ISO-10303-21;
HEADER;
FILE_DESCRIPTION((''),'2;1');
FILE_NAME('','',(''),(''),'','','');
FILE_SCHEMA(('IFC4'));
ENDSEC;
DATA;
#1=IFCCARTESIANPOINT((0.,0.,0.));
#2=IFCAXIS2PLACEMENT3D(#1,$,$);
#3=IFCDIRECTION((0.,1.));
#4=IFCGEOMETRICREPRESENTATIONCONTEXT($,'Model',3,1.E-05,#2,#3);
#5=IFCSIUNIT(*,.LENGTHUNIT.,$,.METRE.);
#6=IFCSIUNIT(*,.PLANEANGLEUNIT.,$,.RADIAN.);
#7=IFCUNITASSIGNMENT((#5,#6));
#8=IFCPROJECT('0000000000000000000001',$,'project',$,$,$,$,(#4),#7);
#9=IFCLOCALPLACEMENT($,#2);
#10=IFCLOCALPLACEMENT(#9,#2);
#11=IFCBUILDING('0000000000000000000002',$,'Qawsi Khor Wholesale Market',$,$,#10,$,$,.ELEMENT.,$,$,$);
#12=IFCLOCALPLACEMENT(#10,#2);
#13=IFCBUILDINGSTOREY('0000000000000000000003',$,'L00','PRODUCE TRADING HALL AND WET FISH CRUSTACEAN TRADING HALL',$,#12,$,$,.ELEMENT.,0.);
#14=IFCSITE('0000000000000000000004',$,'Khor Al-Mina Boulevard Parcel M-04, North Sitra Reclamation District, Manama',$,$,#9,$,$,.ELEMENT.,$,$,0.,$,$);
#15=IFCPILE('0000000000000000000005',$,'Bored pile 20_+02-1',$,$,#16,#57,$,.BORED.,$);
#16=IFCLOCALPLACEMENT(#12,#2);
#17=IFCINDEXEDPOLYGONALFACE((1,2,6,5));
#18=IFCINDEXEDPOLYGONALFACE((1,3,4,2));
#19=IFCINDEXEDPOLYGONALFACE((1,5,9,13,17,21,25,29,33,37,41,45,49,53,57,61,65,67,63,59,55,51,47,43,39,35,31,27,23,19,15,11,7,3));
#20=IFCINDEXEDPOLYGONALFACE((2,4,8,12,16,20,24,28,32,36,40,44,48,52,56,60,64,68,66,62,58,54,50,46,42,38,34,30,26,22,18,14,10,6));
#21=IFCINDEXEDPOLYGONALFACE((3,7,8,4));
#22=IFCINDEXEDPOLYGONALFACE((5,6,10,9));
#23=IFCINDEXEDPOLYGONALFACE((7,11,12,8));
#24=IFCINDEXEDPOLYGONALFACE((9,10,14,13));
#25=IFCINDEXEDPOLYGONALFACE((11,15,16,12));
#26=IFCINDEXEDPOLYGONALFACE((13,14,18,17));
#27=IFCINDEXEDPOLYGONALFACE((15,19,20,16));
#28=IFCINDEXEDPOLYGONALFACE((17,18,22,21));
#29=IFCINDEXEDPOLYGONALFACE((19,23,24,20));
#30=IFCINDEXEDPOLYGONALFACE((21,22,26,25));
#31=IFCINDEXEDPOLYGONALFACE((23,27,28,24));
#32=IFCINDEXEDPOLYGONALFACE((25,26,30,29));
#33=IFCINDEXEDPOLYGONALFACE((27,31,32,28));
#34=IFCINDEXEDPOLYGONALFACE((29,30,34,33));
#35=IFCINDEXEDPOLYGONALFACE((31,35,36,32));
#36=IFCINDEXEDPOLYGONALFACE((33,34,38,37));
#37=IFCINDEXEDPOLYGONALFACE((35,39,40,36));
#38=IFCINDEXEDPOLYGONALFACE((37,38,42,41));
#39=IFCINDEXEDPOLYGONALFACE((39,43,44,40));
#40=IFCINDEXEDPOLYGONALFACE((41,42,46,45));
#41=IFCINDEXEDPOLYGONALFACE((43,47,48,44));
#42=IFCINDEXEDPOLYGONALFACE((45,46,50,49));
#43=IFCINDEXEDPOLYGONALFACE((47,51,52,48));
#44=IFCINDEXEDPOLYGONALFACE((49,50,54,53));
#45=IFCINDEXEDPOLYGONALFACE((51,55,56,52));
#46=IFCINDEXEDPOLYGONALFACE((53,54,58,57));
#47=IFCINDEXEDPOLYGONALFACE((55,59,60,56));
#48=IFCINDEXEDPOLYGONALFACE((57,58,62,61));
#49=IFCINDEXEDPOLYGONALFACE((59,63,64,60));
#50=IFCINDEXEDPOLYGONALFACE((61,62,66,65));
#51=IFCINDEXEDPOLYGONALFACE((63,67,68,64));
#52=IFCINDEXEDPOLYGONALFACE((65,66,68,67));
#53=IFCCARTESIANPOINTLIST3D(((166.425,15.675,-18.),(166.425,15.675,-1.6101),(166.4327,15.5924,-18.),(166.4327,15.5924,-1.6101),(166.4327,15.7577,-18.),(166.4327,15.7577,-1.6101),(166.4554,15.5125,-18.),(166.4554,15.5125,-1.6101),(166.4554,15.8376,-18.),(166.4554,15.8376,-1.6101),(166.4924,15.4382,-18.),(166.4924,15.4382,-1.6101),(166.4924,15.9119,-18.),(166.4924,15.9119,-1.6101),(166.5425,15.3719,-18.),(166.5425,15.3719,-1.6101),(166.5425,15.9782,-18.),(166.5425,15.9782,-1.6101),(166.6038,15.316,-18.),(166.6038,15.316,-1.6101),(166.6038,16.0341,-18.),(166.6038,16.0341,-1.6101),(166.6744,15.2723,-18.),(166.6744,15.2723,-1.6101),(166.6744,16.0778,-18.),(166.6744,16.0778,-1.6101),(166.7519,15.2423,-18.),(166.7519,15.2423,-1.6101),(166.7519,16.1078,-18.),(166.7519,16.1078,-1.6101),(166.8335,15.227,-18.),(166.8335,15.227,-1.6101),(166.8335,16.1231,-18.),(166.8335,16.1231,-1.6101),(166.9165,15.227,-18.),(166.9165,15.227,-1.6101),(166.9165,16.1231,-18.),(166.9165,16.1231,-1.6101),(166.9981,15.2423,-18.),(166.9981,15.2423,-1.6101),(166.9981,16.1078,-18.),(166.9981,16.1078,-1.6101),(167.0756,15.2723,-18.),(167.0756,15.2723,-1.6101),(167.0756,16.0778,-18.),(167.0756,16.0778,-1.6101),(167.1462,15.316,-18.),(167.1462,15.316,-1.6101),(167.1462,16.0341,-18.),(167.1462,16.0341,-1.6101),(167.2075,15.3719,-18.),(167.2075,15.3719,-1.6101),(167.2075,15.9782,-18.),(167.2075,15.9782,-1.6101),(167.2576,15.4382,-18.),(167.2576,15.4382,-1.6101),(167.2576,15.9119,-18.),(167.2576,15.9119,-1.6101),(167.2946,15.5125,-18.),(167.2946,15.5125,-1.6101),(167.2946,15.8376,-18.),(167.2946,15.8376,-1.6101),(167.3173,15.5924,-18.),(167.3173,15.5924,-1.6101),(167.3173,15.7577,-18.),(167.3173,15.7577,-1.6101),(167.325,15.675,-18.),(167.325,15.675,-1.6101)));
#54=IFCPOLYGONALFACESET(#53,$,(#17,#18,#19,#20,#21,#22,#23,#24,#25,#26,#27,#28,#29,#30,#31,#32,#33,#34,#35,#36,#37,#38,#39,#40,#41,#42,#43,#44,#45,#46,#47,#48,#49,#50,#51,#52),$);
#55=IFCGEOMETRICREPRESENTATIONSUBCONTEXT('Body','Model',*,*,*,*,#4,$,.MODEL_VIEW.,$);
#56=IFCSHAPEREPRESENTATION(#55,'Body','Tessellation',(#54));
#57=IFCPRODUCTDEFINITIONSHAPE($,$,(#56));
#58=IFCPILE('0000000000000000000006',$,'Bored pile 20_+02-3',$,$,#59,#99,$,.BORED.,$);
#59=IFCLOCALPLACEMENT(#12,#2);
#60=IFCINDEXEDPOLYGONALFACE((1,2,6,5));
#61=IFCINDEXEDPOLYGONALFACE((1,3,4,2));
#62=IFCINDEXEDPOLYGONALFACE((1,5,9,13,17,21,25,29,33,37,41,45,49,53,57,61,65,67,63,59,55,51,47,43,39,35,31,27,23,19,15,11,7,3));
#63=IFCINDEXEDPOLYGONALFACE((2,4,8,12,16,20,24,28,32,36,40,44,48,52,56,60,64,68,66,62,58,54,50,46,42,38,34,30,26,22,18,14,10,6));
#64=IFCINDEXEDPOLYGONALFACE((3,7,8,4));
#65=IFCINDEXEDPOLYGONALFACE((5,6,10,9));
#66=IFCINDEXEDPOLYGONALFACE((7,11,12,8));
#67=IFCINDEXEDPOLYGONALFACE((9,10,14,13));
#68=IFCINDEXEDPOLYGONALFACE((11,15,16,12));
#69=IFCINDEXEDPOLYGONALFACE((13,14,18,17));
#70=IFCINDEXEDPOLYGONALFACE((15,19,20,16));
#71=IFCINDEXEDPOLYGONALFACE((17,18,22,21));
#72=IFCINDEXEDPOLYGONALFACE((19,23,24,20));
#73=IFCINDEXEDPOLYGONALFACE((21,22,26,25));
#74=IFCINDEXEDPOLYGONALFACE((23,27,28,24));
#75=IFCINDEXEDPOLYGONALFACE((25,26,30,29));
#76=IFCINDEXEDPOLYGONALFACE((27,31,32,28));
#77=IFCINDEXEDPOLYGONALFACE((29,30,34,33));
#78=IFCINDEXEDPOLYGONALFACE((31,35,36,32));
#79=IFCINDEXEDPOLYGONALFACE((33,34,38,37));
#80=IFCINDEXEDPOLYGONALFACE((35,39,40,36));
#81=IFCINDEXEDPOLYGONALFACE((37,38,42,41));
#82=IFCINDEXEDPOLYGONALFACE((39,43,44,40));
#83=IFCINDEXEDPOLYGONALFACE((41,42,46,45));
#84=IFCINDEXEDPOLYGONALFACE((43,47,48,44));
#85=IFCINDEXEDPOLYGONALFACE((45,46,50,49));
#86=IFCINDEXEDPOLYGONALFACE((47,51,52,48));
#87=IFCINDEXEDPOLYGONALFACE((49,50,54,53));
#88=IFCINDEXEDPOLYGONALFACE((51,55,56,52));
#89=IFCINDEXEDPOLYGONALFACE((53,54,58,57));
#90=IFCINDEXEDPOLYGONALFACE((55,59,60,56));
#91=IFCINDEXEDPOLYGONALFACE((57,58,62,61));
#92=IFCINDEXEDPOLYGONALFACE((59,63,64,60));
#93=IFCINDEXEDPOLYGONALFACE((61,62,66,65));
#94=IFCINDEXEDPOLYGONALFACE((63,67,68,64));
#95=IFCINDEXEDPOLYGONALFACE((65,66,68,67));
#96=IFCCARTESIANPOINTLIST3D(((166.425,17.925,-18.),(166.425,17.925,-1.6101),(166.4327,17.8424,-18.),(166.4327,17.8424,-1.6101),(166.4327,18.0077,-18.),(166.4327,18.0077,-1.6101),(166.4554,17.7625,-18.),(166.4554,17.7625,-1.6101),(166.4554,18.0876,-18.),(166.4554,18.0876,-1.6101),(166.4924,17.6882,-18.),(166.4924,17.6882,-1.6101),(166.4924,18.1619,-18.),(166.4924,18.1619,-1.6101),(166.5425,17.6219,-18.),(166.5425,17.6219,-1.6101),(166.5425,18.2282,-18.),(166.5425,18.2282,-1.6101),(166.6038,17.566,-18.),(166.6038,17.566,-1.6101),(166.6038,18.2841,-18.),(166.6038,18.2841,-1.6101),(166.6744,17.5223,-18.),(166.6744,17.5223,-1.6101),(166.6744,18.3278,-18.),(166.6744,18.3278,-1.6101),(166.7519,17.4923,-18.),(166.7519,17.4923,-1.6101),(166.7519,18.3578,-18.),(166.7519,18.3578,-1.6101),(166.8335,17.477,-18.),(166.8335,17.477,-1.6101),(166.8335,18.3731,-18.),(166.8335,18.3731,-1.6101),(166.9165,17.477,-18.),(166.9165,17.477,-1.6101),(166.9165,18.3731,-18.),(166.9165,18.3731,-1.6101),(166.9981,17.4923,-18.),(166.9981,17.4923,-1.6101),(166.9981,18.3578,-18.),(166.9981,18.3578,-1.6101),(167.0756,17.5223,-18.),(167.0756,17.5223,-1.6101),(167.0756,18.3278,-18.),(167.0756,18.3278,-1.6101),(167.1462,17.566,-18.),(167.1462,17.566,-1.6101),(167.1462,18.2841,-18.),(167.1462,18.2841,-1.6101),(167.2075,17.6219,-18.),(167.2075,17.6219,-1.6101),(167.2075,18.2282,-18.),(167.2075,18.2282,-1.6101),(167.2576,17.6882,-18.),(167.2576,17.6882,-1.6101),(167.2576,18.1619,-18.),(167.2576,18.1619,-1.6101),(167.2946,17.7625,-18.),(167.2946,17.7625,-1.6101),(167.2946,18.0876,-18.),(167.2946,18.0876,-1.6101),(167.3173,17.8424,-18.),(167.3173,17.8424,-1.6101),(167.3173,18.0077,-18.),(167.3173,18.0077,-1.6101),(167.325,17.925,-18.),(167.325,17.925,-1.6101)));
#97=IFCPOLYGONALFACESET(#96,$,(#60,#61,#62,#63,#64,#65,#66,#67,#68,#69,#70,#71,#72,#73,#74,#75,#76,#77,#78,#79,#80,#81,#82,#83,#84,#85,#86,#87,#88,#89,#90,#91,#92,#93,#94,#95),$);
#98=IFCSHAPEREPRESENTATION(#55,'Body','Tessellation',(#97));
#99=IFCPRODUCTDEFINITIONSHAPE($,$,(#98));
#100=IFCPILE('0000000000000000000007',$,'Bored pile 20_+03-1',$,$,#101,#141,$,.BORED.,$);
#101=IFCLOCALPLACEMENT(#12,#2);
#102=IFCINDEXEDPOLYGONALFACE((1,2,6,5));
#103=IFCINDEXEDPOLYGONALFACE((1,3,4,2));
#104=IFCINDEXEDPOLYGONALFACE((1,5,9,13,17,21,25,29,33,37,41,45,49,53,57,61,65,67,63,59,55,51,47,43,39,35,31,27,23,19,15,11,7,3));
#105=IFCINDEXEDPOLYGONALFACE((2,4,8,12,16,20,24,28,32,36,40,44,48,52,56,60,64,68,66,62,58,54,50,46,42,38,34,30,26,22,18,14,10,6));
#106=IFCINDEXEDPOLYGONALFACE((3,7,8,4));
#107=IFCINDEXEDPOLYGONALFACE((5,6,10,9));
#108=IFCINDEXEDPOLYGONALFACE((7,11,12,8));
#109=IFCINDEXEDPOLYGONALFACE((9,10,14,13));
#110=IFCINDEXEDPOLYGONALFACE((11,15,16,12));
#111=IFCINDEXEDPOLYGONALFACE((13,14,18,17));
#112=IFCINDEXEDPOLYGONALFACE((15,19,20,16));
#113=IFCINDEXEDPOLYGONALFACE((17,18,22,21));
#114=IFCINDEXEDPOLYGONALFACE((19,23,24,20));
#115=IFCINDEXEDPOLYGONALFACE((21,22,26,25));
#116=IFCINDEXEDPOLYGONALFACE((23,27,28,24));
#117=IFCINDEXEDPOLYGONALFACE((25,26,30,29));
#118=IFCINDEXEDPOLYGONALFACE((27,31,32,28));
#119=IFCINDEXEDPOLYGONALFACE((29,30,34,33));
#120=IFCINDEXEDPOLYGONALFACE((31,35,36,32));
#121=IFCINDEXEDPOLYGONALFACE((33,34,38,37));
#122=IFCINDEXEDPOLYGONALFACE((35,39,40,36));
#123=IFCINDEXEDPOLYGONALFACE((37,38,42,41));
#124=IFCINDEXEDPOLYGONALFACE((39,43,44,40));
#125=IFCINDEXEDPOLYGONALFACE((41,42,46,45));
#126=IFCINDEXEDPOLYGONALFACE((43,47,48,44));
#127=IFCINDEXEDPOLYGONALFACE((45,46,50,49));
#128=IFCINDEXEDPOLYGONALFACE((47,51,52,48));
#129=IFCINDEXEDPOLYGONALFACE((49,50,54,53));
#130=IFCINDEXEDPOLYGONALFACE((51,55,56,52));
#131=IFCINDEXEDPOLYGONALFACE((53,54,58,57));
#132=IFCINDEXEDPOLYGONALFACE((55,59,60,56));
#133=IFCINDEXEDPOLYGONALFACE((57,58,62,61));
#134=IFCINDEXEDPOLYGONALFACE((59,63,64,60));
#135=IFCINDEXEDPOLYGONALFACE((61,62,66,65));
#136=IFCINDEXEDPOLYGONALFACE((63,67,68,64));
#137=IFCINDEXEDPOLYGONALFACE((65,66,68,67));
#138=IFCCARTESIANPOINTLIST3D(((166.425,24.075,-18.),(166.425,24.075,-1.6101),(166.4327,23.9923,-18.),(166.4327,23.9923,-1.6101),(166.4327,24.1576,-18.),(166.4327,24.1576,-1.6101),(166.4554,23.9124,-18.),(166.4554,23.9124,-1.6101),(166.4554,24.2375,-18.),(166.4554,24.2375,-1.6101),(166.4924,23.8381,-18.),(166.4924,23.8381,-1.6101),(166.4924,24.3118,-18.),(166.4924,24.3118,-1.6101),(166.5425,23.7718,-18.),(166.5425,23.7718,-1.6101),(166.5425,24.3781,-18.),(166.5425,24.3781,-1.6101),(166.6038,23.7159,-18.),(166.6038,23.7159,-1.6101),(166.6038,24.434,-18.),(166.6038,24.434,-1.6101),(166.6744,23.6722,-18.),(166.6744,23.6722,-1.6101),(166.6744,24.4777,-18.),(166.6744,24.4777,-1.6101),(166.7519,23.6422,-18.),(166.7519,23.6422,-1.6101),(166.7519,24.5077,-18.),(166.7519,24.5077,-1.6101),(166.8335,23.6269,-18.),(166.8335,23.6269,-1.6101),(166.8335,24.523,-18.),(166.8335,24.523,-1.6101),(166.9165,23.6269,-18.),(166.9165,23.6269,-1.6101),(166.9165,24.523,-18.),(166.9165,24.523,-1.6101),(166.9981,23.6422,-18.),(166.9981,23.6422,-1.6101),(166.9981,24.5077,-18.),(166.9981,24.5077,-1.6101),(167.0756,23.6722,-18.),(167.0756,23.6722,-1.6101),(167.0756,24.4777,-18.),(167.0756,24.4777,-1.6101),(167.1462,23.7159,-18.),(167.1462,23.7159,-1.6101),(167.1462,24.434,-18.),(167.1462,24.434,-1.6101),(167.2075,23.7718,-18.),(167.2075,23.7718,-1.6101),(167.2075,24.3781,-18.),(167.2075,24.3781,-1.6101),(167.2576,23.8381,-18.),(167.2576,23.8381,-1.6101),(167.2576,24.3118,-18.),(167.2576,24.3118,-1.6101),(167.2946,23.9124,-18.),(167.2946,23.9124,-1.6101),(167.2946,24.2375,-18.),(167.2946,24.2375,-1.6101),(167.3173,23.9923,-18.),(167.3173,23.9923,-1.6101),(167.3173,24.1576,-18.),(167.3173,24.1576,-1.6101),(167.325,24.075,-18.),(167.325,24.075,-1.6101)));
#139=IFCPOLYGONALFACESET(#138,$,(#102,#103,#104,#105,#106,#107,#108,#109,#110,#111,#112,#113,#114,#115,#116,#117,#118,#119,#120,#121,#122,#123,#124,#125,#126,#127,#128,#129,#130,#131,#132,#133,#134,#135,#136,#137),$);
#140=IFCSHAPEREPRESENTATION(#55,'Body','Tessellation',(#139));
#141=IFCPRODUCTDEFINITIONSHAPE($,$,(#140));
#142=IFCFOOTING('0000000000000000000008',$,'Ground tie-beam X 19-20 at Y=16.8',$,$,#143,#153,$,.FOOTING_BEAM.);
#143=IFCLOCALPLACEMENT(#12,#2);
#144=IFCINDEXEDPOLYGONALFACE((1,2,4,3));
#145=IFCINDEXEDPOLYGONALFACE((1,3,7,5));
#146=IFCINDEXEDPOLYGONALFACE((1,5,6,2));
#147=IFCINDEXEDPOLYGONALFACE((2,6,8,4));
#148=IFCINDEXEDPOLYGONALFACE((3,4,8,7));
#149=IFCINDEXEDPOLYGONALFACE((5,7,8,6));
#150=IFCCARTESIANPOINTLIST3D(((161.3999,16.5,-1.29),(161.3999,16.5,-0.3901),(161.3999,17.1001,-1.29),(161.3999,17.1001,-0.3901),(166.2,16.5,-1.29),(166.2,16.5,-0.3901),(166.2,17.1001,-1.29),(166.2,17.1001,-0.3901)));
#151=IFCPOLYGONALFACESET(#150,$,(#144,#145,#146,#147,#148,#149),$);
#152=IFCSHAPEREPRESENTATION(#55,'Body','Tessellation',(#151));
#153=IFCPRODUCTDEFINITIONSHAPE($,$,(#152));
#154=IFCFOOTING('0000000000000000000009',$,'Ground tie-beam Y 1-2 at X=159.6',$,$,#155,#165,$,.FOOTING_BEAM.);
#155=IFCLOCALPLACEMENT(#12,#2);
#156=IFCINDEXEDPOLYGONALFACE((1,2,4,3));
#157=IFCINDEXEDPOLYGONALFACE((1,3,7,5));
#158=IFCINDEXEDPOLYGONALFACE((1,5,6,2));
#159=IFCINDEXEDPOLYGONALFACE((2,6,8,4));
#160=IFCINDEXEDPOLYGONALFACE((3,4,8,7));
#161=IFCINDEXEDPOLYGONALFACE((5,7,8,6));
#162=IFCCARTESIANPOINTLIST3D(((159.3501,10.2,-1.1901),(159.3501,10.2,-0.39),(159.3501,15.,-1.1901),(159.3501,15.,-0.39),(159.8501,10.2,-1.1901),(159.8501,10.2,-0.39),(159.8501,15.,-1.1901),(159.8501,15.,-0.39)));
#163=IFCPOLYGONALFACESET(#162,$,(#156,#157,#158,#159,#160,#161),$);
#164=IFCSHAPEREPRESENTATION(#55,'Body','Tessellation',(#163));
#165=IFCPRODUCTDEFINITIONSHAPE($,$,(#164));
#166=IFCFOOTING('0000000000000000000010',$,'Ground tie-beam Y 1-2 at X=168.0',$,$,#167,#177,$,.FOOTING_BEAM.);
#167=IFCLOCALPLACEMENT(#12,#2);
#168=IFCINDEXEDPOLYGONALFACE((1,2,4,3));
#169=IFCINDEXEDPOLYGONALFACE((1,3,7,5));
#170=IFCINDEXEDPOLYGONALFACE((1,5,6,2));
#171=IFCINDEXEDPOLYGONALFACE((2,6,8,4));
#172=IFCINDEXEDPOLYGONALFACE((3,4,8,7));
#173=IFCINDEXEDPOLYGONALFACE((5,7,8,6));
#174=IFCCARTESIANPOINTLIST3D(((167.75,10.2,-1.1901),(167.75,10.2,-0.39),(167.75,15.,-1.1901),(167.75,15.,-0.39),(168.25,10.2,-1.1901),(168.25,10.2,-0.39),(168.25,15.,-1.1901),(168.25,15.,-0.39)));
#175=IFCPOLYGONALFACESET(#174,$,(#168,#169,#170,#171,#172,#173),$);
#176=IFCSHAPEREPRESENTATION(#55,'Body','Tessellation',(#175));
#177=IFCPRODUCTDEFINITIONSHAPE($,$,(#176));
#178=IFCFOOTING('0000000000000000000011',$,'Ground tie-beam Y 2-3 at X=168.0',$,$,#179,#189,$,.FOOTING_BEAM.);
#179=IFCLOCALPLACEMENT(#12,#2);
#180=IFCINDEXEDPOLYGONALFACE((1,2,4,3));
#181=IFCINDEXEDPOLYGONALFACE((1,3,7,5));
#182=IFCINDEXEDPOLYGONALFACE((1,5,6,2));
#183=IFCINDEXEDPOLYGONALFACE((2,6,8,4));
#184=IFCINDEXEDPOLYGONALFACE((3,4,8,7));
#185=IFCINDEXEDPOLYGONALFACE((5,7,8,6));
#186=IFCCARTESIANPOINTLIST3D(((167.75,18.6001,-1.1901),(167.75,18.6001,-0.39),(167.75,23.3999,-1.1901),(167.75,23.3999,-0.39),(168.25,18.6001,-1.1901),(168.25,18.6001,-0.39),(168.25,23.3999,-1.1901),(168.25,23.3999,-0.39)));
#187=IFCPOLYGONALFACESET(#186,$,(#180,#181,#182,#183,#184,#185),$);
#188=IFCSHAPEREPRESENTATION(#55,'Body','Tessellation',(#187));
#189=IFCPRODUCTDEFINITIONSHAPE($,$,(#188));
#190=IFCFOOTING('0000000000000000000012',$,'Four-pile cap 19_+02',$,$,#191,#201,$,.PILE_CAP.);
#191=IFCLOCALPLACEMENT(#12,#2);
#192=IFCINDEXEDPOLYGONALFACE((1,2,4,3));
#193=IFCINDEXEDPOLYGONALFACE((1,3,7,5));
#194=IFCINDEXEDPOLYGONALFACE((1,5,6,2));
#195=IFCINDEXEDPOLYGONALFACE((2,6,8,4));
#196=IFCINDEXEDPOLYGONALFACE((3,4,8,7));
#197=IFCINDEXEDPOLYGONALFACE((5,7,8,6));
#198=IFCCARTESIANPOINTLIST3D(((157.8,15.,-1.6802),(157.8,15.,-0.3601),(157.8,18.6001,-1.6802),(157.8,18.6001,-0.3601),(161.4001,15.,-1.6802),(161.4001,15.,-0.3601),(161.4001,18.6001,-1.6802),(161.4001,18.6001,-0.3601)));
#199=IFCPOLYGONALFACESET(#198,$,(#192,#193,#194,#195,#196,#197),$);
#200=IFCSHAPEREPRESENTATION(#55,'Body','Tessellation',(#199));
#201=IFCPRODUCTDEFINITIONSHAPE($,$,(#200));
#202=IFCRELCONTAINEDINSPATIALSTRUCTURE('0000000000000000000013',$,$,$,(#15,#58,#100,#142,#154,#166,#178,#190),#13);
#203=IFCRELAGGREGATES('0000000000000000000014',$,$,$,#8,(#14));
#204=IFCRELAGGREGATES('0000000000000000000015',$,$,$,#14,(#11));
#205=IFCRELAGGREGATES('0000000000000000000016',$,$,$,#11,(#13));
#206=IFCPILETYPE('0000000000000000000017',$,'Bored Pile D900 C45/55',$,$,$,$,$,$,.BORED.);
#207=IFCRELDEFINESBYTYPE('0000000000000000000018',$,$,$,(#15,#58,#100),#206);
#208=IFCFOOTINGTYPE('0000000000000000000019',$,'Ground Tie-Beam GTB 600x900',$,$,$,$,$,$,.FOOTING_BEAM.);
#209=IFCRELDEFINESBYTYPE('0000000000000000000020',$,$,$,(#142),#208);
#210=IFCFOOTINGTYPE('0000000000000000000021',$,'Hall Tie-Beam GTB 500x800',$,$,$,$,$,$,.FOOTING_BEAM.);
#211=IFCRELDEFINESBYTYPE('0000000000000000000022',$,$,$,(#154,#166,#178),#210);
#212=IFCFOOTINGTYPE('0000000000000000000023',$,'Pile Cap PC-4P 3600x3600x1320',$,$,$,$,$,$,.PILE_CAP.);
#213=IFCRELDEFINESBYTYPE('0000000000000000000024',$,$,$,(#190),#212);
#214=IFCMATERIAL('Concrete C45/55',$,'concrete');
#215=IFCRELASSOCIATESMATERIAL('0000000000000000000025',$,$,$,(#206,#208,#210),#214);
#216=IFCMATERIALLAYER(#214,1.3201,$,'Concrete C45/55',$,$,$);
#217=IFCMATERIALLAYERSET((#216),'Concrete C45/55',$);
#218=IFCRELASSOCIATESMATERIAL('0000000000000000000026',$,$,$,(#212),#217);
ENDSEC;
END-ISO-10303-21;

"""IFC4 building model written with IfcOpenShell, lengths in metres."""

from ifc_helpers import new_model, si_unit, direction, frame, origin, origin_2d, place, context, subcontext, project, spatial, rectangle, circle, extrude, material, layer, layer_set, material_profile, profile_set, type_object, element, save


model = new_model("IFC4")

# Units and contexts
model_context = context("Model", 3, precision=1e-05, world=origin(), true_north=direction((0.0, 1.0)))
body_context = subcontext(model_context, "Body", "Model", "MODEL_VIEW")
ifc_project = project(units=[si_unit("LENGTHUNIT", "METRE"), si_unit("PLANEANGLEUNIT", "RADIAN")], contexts=[model_context])

# Site, building, storey
site_placement = place(None, origin())
site = spatial("IfcSite", under=ifc_project, at=site_placement, Name="Khor Al-Mina Boulevard Parcel M-04, North Sitra Reclamation District, Manama", CompositionType="ELEMENT", RefElevation=0.0)
building_placement = place(site_placement, origin())
building = spatial("IfcBuilding", under=site, at=building_placement, Name="Qawsi Khor Wholesale Market", CompositionType="ELEMENT")
storey_placement = place(building_placement, origin())
storey = spatial("IfcBuildingStorey", under=building, at=storey_placement, Name="L00", Description="PRODUCE TRADING HALL AND WET FISH CRUSTACEAN TRADING HALL", CompositionType="ELEMENT", Elevation=0.0)

# Piles
ifc_material_1 = material(Name="Concrete C45/55", Category="concrete")
ifc_material_profile_1 = material_profile(ifc_material_1, circle(Radius=0.45, at=origin_2d()), Name="PILE D900")
ifc_profile_set_1 = profile_set([ifc_material_profile_1], Name="Concrete C45/55")
pile_type = type_object("IfcPileType", Name="Bored Pile D900 C45/55", PredefinedType="BORED", material=ifc_profile_set_1)
for number, where, z_axis, x_axis, name in (
    (1, (166.875, 15.675, -1.6101), (0.0, 0.0, -1.0), (1.0, 0.0, 0.0), "Bored pile 20_+02-1"),
    (2, (166.875, 17.925, -1.6101), (0.0, 0.0, -1.0), (1.0, 0.0, 0.0), "Bored pile 20_+02-3"),
    (3, (166.875, 24.075, -1.6101), (0.0, 0.0, -1.0), (1.0, 0.0, 0.0), "Bored pile 20_+03-1"),
):
    element("IfcPile", number, at=place(storey_placement, frame(where, z_axis=z_axis, x_axis=x_axis)), inside=storey, type_object=pile_type, Name=name, PredefinedType="BORED", context=body_context, shape_type="SweptSolid", body=[
        extrude(circle(Radius=0.45, at=origin_2d()), origin(), (0.0, 0.0, 1.0), 16.3899),
    ])

# Footings
ifc_material_profile_2 = material_profile(ifc_material_1, rectangle(XDim=0.6001, YDim=0.8999, at=origin_2d()), Name="RC 600x900")
ifc_profile_set_2 = profile_set([ifc_material_profile_2], Name="Concrete C45/55")
footing_type_1 = type_object("IfcFootingType", Name="Ground Tie-Beam GTB 600x900", PredefinedType="FOOTING_BEAM", material=ifc_profile_set_2)
footing_1_placement = place(storey_placement, frame((161.3999, 16.8, -0.8401), z_axis=(1.0, 0.0, 0.0), x_axis=(0.0, 1.0, 0.0)))
element("IfcFooting", 4, at=footing_1_placement, inside=storey, type_object=footing_type_1, Name="Ground tie-beam X 19-20 at Y=16.8", PredefinedType="FOOTING_BEAM", context=body_context, shape_type="SweptSolid", body=[
    extrude(rectangle(XDim=0.6001, YDim=0.8999, at=origin_2d()), origin(), (0.0, 0.0, 1.0), 4.8),
])
ifc_material_profile_3 = material_profile(ifc_material_1, rectangle(XDim=0.5, YDim=0.8, at=origin_2d()), Name="RC 500x800")
ifc_profile_set_3 = profile_set([ifc_material_profile_3], Name="Concrete C45/55")
footing_type_2 = type_object("IfcFootingType", Name="Hall Tie-Beam GTB 500x800", PredefinedType="FOOTING_BEAM", material=ifc_profile_set_3)
for number, where, z_axis, x_axis, name in (
    (5, (159.6001, 10.2, -0.79), (0.0, 1.0, 0.0), (-1.0, 0.0, 0.0), "Ground tie-beam Y 1-2 at X=159.6"),
    (6, (168.0, 10.2, -0.79), (0.0, 1.0, 0.0), (-1.0, 0.0, 0.0), "Ground tie-beam Y 1-2 at X=168.0"),
):
    element("IfcFooting", number, at=place(storey_placement, frame(where, z_axis=z_axis, x_axis=x_axis)), inside=storey, type_object=footing_type_2, Name=name, PredefinedType="FOOTING_BEAM", context=body_context, shape_type="SweptSolid", body=[
        extrude(rectangle(XDim=0.5, YDim=0.8, at=origin_2d()), origin(), (0.0, 0.0, 1.0), 4.8),
    ])
footing_2_placement = place(storey_placement, frame((168.0, 18.6001, -0.79), z_axis=(0.0, 1.0, 0.0), x_axis=(-1.0, 0.0, 0.0)))
element("IfcFooting", 7, at=footing_2_placement, inside=storey, type_object=footing_type_2, Name="Ground tie-beam Y 2-3 at X=168.0", PredefinedType="FOOTING_BEAM", context=body_context, shape_type="SweptSolid", body=[
    extrude(rectangle(XDim=0.5, YDim=0.8, at=origin_2d()), origin(), (0.0, 0.0, 1.0), 4.7998),
])
ifc_layer_1 = layer(ifc_material_1, 1.3201, Name="Concrete C45/55")
ifc_layer_set_1 = layer_set([ifc_layer_1], Name="Concrete C45/55")
footing_type_3 = type_object("IfcFootingType", Name="Pile Cap PC-4P 3600x3600x1320", PredefinedType="PILE_CAP", material=ifc_layer_set_1)
for number, where, z_axis, x_axis, name in (
    (8, (159.6001, 16.8, -1.6802), (0.0, 0.0, 1.0), (1.0, 0.0, 0.0), "Four-pile cap 19_+02"),
):
    element("IfcFooting", number, at=place(storey_placement, frame(where, z_axis=z_axis, x_axis=x_axis)), inside=storey, type_object=footing_type_3, Name=name, PredefinedType="PILE_CAP", context=body_context, shape_type="SweptSolid", body=[
        extrude(rectangle(XDim=3.6001, YDim=3.6001, at=origin_2d()), origin(), (0.0, 0.0, 1.0), 1.3201),
    ])

save(model, "model.ifc")
